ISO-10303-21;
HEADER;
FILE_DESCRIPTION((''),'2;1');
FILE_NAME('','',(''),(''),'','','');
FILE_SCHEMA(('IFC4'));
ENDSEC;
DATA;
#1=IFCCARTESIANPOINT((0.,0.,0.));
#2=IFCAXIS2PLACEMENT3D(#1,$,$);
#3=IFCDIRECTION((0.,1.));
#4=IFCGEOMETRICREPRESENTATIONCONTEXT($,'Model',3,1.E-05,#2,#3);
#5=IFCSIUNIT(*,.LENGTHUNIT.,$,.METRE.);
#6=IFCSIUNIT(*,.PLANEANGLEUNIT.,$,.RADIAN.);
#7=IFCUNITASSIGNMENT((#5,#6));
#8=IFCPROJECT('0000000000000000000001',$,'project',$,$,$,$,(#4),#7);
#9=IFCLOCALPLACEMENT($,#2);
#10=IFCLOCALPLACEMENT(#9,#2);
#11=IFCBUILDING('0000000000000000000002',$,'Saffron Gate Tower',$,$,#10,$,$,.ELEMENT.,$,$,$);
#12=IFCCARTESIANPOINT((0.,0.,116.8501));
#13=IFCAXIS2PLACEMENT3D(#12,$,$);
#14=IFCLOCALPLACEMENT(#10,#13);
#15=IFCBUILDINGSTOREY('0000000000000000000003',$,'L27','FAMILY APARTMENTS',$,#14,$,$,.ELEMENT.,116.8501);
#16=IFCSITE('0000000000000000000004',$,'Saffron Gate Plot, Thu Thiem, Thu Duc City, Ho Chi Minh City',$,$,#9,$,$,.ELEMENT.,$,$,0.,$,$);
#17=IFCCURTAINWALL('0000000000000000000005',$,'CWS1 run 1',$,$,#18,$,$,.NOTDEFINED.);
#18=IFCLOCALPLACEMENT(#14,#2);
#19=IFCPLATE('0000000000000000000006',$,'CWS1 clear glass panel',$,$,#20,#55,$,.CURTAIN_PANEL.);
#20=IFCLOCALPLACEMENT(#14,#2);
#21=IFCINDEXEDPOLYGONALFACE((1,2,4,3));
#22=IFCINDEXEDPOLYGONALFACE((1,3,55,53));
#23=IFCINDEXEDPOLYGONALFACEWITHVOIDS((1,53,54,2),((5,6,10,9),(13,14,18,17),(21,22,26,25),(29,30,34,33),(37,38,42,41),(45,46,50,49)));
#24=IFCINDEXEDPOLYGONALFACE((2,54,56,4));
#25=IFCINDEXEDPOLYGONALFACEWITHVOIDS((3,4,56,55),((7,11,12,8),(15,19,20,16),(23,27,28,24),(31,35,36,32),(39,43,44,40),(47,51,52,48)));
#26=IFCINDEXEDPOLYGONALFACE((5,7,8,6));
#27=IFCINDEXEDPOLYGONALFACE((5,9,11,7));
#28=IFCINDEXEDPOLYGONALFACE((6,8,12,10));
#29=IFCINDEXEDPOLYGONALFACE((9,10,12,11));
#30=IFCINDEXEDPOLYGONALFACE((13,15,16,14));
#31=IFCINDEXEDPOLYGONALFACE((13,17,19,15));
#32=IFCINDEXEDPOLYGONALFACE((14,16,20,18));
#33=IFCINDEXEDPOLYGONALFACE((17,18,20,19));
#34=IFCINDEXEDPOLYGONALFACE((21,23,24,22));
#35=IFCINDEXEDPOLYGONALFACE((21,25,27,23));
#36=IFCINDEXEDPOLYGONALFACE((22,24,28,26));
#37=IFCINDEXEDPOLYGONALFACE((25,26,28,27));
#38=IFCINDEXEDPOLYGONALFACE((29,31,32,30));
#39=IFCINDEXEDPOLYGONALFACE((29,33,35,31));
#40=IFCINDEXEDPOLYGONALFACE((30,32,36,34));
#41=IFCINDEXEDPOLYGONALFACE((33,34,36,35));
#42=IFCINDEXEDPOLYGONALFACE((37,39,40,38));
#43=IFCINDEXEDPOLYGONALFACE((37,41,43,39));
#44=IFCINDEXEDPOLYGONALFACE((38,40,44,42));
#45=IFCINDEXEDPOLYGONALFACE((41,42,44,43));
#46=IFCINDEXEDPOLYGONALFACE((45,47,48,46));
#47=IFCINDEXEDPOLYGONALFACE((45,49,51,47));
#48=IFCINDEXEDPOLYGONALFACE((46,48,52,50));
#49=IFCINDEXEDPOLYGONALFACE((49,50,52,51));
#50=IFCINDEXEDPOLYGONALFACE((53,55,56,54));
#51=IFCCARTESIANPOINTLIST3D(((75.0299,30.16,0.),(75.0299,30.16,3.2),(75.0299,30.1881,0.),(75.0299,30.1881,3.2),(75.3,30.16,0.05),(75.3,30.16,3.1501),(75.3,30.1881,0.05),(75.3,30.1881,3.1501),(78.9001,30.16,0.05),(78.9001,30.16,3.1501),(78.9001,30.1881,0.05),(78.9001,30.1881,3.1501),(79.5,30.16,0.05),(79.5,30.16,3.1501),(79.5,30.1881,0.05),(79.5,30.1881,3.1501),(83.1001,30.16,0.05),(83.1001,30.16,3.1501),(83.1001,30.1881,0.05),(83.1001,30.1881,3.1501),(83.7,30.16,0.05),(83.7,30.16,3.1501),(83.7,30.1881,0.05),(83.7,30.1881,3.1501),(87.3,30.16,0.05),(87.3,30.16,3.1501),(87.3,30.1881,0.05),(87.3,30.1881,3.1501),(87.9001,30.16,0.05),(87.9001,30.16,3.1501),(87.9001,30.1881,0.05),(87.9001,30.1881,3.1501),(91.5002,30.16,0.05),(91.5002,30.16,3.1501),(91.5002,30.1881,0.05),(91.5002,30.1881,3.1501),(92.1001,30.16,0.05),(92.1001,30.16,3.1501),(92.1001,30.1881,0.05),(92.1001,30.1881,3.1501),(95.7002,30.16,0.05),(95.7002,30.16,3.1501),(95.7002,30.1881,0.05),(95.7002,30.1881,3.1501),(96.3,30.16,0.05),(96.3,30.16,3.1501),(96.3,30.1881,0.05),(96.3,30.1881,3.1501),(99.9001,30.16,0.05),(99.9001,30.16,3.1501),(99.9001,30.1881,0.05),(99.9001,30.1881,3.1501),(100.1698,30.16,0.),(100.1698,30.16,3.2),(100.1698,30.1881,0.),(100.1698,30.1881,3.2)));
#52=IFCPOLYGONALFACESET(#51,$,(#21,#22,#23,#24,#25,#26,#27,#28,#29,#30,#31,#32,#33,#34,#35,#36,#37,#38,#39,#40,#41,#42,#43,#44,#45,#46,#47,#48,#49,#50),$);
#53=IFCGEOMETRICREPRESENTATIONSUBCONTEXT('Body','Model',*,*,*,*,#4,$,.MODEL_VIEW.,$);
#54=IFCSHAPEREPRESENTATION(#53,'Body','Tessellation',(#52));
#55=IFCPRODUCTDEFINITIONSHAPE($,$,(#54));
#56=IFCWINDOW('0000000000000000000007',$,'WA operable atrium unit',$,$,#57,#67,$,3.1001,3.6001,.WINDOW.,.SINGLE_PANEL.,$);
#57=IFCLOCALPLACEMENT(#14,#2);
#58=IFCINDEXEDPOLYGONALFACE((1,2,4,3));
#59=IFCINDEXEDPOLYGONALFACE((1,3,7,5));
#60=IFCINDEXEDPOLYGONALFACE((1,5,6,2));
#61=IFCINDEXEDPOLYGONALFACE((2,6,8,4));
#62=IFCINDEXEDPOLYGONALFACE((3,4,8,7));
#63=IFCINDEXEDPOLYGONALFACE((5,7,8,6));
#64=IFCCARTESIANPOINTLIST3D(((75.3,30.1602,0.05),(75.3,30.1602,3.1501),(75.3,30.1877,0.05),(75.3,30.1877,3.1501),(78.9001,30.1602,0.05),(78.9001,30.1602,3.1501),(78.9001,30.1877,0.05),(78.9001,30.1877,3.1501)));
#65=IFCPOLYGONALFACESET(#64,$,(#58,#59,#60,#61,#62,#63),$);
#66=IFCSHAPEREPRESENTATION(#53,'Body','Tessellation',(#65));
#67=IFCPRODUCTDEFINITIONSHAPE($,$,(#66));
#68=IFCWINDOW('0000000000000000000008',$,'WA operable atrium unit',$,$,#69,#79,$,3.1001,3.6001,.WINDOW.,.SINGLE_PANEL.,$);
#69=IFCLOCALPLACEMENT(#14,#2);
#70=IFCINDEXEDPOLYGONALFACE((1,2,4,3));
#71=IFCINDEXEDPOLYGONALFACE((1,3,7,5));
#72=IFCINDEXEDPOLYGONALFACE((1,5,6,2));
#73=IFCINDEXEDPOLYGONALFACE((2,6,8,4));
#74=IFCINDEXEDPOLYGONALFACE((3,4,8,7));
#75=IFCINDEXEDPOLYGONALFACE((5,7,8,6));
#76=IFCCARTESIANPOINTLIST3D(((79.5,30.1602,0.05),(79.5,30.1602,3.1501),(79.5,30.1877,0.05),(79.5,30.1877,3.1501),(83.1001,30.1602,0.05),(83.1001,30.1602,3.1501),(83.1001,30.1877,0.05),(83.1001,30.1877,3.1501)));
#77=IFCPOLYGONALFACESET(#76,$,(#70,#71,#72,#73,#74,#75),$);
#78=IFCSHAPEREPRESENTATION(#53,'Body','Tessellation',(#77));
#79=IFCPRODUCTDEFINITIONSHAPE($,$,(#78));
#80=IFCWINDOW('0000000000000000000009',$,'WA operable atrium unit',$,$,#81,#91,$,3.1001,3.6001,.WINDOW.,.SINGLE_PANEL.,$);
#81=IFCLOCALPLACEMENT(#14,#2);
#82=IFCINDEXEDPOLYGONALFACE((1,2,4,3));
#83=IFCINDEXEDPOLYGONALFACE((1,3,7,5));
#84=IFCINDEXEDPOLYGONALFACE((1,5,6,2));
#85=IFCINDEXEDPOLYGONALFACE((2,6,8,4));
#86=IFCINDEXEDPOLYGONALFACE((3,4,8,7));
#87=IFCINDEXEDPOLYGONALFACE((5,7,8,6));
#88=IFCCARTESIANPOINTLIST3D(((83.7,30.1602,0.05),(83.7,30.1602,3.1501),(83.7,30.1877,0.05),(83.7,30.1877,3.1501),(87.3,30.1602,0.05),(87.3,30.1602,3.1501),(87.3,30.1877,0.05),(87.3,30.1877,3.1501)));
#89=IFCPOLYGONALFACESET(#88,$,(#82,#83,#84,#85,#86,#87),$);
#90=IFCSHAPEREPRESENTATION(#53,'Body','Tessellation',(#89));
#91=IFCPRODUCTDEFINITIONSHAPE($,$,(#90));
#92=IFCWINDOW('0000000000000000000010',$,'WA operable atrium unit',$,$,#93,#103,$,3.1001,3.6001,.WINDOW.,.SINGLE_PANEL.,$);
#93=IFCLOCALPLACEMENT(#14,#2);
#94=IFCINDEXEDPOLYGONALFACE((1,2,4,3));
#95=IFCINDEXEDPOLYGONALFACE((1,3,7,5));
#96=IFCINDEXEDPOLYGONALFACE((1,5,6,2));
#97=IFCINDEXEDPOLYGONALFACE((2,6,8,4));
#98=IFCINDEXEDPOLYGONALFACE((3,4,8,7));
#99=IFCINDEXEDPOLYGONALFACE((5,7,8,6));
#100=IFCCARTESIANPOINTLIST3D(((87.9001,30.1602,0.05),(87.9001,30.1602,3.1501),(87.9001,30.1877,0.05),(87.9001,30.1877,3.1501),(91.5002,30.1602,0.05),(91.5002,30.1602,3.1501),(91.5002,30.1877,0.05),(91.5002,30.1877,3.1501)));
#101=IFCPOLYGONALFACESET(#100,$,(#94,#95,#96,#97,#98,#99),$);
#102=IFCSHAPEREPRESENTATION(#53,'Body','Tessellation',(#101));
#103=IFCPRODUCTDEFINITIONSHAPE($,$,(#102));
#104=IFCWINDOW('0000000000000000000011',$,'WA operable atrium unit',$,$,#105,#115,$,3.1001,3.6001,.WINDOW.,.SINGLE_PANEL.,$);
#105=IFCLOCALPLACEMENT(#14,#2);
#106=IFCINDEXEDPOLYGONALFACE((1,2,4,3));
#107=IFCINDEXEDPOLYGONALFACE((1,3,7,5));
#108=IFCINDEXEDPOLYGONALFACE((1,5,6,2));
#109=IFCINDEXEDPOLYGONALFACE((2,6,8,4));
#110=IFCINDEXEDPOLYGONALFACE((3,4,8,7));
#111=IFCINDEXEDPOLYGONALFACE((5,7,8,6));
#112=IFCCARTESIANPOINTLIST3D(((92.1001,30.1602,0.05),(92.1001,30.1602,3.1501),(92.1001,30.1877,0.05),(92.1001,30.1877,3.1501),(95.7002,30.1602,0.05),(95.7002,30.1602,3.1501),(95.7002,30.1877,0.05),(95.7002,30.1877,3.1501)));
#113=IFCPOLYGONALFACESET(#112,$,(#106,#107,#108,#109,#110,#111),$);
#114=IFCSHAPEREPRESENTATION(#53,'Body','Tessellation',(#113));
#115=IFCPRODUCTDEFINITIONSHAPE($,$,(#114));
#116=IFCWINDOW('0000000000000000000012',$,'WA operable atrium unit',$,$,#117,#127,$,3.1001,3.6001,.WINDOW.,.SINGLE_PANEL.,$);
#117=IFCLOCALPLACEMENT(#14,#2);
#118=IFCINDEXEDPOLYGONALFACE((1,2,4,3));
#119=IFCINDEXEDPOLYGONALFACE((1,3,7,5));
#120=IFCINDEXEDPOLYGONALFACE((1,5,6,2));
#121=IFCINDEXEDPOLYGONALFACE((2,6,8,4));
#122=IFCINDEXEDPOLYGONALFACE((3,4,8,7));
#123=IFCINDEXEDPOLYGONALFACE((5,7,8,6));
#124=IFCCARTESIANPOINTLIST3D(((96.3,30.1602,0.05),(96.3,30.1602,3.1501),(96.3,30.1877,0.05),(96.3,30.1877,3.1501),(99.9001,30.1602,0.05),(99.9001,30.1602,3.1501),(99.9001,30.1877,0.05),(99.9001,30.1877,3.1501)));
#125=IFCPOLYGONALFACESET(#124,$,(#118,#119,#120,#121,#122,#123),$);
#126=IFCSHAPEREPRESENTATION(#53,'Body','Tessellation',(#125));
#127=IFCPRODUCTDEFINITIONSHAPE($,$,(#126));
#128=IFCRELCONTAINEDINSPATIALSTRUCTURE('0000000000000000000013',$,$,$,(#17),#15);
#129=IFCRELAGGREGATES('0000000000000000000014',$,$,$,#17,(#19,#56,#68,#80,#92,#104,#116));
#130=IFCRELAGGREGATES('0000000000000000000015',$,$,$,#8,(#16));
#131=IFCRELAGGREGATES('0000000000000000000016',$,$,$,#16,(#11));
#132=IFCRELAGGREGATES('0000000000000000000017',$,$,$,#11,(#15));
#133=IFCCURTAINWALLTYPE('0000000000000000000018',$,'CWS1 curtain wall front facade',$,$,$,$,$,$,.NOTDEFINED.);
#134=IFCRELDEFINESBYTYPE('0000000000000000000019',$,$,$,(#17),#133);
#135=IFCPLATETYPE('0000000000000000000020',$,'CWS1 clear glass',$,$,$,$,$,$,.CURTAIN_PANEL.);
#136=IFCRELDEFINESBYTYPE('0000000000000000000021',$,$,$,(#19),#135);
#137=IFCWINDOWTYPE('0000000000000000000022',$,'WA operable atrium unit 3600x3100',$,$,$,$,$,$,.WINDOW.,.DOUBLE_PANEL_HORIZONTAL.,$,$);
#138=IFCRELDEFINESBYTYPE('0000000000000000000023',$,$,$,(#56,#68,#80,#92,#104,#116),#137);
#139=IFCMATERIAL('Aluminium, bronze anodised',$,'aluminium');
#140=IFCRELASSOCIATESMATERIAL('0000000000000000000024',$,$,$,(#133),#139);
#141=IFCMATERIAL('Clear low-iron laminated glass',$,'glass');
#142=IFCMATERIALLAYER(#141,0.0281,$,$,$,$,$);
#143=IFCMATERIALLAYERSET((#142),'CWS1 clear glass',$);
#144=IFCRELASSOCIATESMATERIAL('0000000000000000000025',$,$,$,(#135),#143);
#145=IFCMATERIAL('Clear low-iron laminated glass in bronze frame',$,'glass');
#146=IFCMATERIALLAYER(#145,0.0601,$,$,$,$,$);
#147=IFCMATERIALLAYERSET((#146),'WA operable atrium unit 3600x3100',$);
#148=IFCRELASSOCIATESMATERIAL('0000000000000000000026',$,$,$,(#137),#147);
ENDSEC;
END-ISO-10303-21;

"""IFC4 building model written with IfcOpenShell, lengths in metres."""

from ifc_helpers import new_model, si_unit, direction, frame, frame_2d, origin, place, context, subcontext, project, spatial, rectangle, extrude, material, layer, layer_set, type_object, element, fill, aggregate, save


model = new_model("IFC4")

# Units and contexts
model_context = context("Model", 3, precision=1e-05, world=origin(), true_north=direction((0.0, 1.0)))
body_context = subcontext(model_context, "Body", "Model", "MODEL_VIEW")
ifc_project = project(units=[si_unit("LENGTHUNIT", "METRE"), si_unit("PLANEANGLEUNIT", "RADIAN")], contexts=[model_context])

# Site, building, storey
site_placement = place(None, origin())
site = spatial("IfcSite", under=ifc_project, at=site_placement, Name="Saffron Gate Plot, Thu Thiem, Thu Duc City, Ho Chi Minh City", CompositionType="ELEMENT", RefElevation=0.0)
building_placement = place(site_placement, origin())
building = spatial("IfcBuilding", under=site, at=building_placement, Name="Saffron Gate Tower", CompositionType="ELEMENT")
storey_placement = place(building_placement, frame((0.0, 0.0, 116.8501)))
storey = spatial("IfcBuildingStorey", under=building, at=storey_placement, Name="L27", Description="FAMILY APARTMENTS", CompositionType="ELEMENT", Elevation=116.8501)

# Curtain wall, plate, openings, windows
ifc_material_1 = material(Name="Aluminium, bronze anodised", Category="aluminium")
curtain_wall_type = type_object("IfcCurtainWallType", Name="CWS1 curtain wall front facade", PredefinedType="NOTDEFINED", material=ifc_material_1)
curtain_wall_placement = place(storey_placement, origin())
curtain_wall = element("IfcCurtainWall", 1, at=curtain_wall_placement, inside=storey, type_object=curtain_wall_type, Name="CWS1 run 1", PredefinedType="NOTDEFINED")
ifc_material_2 = material(Name="Clear low-iron laminated glass", Category="glass")
ifc_layer_1 = layer(ifc_material_2, 0.0281)
ifc_layer_set_1 = layer_set([ifc_layer_1], Name="CWS1 clear glass")
plate_type = type_object("IfcPlateType", Name="CWS1 clear glass", PredefinedType="CURTAIN_PANEL", material=ifc_layer_set_1)
plate_placement = place(storey_placement, frame((75.03, 30.1741, 0.0), z_axis=(0.0, 0.0, 1.0), x_axis=(1.0, 0.0, 0.0)))
plate = element("IfcPlate", 2, at=plate_placement, type_object=plate_type, Name="CWS1 clear glass panel", PredefinedType="CURTAIN_PANEL", context=body_context, shape_type="SweptSolid", body=[
    extrude(rectangle(XDim=25.1399, YDim=0.0281, at=frame_2d((12.5698, 0.0))), origin(), (0.0, 0.0, 1.0), 3.2),
])
opening_1_placement = place(plate_placement, frame((0.27, 0.0, 0.05)))
opening_1 = element("IfcOpeningElement", 3, at=opening_1_placement, cuts=plate, PredefinedType="OPENING", context=body_context, shape_type="SweptSolid", body=[
    extrude(rectangle(XDim=3.6001, YDim=3.1001, at=frame_2d((1.8, 1.55))), frame((0.0, 0.0239, 0.0), z_axis=(0.0, -1.0, 0.0), x_axis=(1.0, 0.0, 0.0)), (0.0, 0.0, 1.0), 0.0481),
])
opening_2_placement = place(plate_placement, frame((4.47, 0.0, 0.05)))
opening_2 = element("IfcOpeningElement", 4, at=opening_2_placement, cuts=plate, PredefinedType="OPENING", context=body_context, shape_type="SweptSolid", body=[
    extrude(rectangle(XDim=3.6001, YDim=3.1001, at=frame_2d((1.8, 1.55))), frame((0.0, 0.0239, 0.0), z_axis=(0.0, -1.0, 0.0), x_axis=(1.0, 0.0, 0.0)), (0.0, 0.0, 1.0), 0.0481),
])
opening_3_placement = place(plate_placement, frame((8.6699, 0.0, 0.05)))
opening_3 = element("IfcOpeningElement", 5, at=opening_3_placement, cuts=plate, PredefinedType="OPENING", context=body_context, shape_type="SweptSolid", body=[
    extrude(rectangle(XDim=3.6001, YDim=3.1001, at=frame_2d((1.8, 1.55))), frame((0.0, 0.0239, 0.0), z_axis=(0.0, -1.0, 0.0), x_axis=(1.0, 0.0, 0.0)), (0.0, 0.0, 1.0), 0.0481),
])
opening_4_placement = place(plate_placement, frame((12.8701, 0.0, 0.05)))
opening_4 = element("IfcOpeningElement", 6, at=opening_4_placement, cuts=plate, PredefinedType="OPENING", context=body_context, shape_type="SweptSolid", body=[
    extrude(rectangle(XDim=3.6001, YDim=3.1001, at=frame_2d((1.8, 1.55))), frame((0.0, 0.0239, 0.0), z_axis=(0.0, -1.0, 0.0), x_axis=(1.0, 0.0, 0.0)), (0.0, 0.0, 1.0), 0.0481),
])
opening_5_placement = place(plate_placement, frame((17.0701, 0.0, 0.05)))
opening_5 = element("IfcOpeningElement", 7, at=opening_5_placement, cuts=plate, PredefinedType="OPENING", context=body_context, shape_type="SweptSolid", body=[
    extrude(rectangle(XDim=3.6001, YDim=3.1001, at=frame_2d((1.8, 1.55))), frame((0.0, 0.0239, 0.0), z_axis=(0.0, -1.0, 0.0), x_axis=(1.0, 0.0, 0.0)), (0.0, 0.0, 1.0), 0.0481),
])
opening_6_placement = place(plate_placement, frame((21.27, 0.0, 0.05)))
opening_6 = element("IfcOpeningElement", 8, at=opening_6_placement, cuts=plate, PredefinedType="OPENING", context=body_context, shape_type="SweptSolid", body=[
    extrude(rectangle(XDim=3.6001, YDim=3.1001, at=frame_2d((1.8, 1.55))), frame((0.0, 0.0239, 0.0), z_axis=(0.0, -1.0, 0.0), x_axis=(1.0, 0.0, 0.0)), (0.0, 0.0, 1.0), 0.0481),
])
ifc_material_3 = material(Name="Clear low-iron laminated glass in bronze frame", Category="glass")
ifc_layer_2 = layer(ifc_material_3, 0.0601)
ifc_layer_set_2 = layer_set([ifc_layer_2], Name="WA operable atrium unit 3600x3100")
window_type = type_object("IfcWindowType", Name="WA operable atrium unit 3600x3100", PartitioningType="DOUBLE_PANEL_HORIZONTAL", PredefinedType="WINDOW", material=ifc_layer_set_2)
window_1_placement = place(opening_1_placement, origin())
window_1 = element("IfcWindow", 9, at=window_1_placement, type_object=window_type, Name="WA operable atrium unit", OverallHeight=3.1001, OverallWidth=3.6001, PartitioningType="SINGLE_PANEL", PredefinedType="WINDOW", context=body_context, shape_type="SweptSolid", body=[
    extrude(rectangle(XDim=3.6001, YDim=3.1001, at=frame_2d((1.8, 1.55))), frame((0.0, 0.0137, 0.0), z_axis=(0.0, -1.0, 0.0), x_axis=(1.0, 0.0, 0.0)), (0.0, 0.0, 1.0), 0.0276),
])
fill(opening_1, window_1)
window_2_placement = place(opening_2_placement, origin())
window_2 = element("IfcWindow", 10, at=window_2_placement, type_object=window_type, Name="WA operable atrium unit", OverallHeight=3.1001, OverallWidth=3.6001, PartitioningType="SINGLE_PANEL", PredefinedType="WINDOW", context=body_context, shape_type="SweptSolid", body=[
    extrude(rectangle(XDim=3.6001, YDim=3.1001, at=frame_2d((1.8, 1.55))), frame((0.0, 0.0137, 0.0), z_axis=(0.0, -1.0, 0.0), x_axis=(1.0, 0.0, 0.0)), (0.0, 0.0, 1.0), 0.0276),
])
fill(opening_2, window_2)
window_3_placement = place(opening_3_placement, origin())
window_3 = element("IfcWindow", 11, at=window_3_placement, type_object=window_type, Name="WA operable atrium unit", OverallHeight=3.1001, OverallWidth=3.6001, PartitioningType="SINGLE_PANEL", PredefinedType="WINDOW", context=body_context, shape_type="SweptSolid", body=[
    extrude(rectangle(XDim=3.6001, YDim=3.1001, at=frame_2d((1.8, 1.55))), frame((0.0, 0.0137, 0.0), z_axis=(0.0, -1.0, 0.0), x_axis=(1.0, 0.0, 0.0)), (0.0, 0.0, 1.0), 0.0276),
])
fill(opening_3, window_3)
window_4_placement = place(opening_4_placement, origin())
window_4 = element("IfcWindow", 12, at=window_4_placement, type_object=window_type, Name="WA operable atrium unit", OverallHeight=3.1001, OverallWidth=3.6001, PartitioningType="SINGLE_PANEL", PredefinedType="WINDOW", context=body_context, shape_type="SweptSolid", body=[
    extrude(rectangle(XDim=3.6001, YDim=3.1001, at=frame_2d((1.8, 1.55))), frame((0.0, 0.0137, 0.0), z_axis=(0.0, -1.0, 0.0), x_axis=(1.0, 0.0, 0.0)), (0.0, 0.0, 1.0), 0.0276),
])
fill(opening_4, window_4)
window_5_placement = place(opening_5_placement, origin())
window_5 = element("IfcWindow", 13, at=window_5_placement, type_object=window_type, Name="WA operable atrium unit", OverallHeight=3.1001, OverallWidth=3.6001, PartitioningType="SINGLE_PANEL", PredefinedType="WINDOW", context=body_context, shape_type="SweptSolid", body=[
    extrude(rectangle(XDim=3.6001, YDim=3.1001, at=frame_2d((1.8, 1.55))), frame((0.0, 0.0137, 0.0), z_axis=(0.0, -1.0, 0.0), x_axis=(1.0, 0.0, 0.0)), (0.0, 0.0, 1.0), 0.0276),
])
fill(opening_5, window_5)
window_6_placement = place(opening_6_placement, origin())
window_6 = element("IfcWindow", 14, at=window_6_placement, type_object=window_type, Name="WA operable atrium unit", OverallHeight=3.1001, OverallWidth=3.6001, PartitioningType="SINGLE_PANEL", PredefinedType="WINDOW", context=body_context, shape_type="SweptSolid", body=[
    extrude(rectangle(XDim=3.6001, YDim=3.1001, at=frame_2d((1.8, 1.55))), frame((0.0, 0.0137, 0.0), z_axis=(0.0, -1.0, 0.0), x_axis=(1.0, 0.0, 0.0)), (0.0, 0.0, 1.0), 0.0276),
])
fill(opening_6, window_6)
aggregate(curtain_wall, [plate, window_1, window_2, window_3, window_4, window_5, window_6])

save(model, "model.ifc")
